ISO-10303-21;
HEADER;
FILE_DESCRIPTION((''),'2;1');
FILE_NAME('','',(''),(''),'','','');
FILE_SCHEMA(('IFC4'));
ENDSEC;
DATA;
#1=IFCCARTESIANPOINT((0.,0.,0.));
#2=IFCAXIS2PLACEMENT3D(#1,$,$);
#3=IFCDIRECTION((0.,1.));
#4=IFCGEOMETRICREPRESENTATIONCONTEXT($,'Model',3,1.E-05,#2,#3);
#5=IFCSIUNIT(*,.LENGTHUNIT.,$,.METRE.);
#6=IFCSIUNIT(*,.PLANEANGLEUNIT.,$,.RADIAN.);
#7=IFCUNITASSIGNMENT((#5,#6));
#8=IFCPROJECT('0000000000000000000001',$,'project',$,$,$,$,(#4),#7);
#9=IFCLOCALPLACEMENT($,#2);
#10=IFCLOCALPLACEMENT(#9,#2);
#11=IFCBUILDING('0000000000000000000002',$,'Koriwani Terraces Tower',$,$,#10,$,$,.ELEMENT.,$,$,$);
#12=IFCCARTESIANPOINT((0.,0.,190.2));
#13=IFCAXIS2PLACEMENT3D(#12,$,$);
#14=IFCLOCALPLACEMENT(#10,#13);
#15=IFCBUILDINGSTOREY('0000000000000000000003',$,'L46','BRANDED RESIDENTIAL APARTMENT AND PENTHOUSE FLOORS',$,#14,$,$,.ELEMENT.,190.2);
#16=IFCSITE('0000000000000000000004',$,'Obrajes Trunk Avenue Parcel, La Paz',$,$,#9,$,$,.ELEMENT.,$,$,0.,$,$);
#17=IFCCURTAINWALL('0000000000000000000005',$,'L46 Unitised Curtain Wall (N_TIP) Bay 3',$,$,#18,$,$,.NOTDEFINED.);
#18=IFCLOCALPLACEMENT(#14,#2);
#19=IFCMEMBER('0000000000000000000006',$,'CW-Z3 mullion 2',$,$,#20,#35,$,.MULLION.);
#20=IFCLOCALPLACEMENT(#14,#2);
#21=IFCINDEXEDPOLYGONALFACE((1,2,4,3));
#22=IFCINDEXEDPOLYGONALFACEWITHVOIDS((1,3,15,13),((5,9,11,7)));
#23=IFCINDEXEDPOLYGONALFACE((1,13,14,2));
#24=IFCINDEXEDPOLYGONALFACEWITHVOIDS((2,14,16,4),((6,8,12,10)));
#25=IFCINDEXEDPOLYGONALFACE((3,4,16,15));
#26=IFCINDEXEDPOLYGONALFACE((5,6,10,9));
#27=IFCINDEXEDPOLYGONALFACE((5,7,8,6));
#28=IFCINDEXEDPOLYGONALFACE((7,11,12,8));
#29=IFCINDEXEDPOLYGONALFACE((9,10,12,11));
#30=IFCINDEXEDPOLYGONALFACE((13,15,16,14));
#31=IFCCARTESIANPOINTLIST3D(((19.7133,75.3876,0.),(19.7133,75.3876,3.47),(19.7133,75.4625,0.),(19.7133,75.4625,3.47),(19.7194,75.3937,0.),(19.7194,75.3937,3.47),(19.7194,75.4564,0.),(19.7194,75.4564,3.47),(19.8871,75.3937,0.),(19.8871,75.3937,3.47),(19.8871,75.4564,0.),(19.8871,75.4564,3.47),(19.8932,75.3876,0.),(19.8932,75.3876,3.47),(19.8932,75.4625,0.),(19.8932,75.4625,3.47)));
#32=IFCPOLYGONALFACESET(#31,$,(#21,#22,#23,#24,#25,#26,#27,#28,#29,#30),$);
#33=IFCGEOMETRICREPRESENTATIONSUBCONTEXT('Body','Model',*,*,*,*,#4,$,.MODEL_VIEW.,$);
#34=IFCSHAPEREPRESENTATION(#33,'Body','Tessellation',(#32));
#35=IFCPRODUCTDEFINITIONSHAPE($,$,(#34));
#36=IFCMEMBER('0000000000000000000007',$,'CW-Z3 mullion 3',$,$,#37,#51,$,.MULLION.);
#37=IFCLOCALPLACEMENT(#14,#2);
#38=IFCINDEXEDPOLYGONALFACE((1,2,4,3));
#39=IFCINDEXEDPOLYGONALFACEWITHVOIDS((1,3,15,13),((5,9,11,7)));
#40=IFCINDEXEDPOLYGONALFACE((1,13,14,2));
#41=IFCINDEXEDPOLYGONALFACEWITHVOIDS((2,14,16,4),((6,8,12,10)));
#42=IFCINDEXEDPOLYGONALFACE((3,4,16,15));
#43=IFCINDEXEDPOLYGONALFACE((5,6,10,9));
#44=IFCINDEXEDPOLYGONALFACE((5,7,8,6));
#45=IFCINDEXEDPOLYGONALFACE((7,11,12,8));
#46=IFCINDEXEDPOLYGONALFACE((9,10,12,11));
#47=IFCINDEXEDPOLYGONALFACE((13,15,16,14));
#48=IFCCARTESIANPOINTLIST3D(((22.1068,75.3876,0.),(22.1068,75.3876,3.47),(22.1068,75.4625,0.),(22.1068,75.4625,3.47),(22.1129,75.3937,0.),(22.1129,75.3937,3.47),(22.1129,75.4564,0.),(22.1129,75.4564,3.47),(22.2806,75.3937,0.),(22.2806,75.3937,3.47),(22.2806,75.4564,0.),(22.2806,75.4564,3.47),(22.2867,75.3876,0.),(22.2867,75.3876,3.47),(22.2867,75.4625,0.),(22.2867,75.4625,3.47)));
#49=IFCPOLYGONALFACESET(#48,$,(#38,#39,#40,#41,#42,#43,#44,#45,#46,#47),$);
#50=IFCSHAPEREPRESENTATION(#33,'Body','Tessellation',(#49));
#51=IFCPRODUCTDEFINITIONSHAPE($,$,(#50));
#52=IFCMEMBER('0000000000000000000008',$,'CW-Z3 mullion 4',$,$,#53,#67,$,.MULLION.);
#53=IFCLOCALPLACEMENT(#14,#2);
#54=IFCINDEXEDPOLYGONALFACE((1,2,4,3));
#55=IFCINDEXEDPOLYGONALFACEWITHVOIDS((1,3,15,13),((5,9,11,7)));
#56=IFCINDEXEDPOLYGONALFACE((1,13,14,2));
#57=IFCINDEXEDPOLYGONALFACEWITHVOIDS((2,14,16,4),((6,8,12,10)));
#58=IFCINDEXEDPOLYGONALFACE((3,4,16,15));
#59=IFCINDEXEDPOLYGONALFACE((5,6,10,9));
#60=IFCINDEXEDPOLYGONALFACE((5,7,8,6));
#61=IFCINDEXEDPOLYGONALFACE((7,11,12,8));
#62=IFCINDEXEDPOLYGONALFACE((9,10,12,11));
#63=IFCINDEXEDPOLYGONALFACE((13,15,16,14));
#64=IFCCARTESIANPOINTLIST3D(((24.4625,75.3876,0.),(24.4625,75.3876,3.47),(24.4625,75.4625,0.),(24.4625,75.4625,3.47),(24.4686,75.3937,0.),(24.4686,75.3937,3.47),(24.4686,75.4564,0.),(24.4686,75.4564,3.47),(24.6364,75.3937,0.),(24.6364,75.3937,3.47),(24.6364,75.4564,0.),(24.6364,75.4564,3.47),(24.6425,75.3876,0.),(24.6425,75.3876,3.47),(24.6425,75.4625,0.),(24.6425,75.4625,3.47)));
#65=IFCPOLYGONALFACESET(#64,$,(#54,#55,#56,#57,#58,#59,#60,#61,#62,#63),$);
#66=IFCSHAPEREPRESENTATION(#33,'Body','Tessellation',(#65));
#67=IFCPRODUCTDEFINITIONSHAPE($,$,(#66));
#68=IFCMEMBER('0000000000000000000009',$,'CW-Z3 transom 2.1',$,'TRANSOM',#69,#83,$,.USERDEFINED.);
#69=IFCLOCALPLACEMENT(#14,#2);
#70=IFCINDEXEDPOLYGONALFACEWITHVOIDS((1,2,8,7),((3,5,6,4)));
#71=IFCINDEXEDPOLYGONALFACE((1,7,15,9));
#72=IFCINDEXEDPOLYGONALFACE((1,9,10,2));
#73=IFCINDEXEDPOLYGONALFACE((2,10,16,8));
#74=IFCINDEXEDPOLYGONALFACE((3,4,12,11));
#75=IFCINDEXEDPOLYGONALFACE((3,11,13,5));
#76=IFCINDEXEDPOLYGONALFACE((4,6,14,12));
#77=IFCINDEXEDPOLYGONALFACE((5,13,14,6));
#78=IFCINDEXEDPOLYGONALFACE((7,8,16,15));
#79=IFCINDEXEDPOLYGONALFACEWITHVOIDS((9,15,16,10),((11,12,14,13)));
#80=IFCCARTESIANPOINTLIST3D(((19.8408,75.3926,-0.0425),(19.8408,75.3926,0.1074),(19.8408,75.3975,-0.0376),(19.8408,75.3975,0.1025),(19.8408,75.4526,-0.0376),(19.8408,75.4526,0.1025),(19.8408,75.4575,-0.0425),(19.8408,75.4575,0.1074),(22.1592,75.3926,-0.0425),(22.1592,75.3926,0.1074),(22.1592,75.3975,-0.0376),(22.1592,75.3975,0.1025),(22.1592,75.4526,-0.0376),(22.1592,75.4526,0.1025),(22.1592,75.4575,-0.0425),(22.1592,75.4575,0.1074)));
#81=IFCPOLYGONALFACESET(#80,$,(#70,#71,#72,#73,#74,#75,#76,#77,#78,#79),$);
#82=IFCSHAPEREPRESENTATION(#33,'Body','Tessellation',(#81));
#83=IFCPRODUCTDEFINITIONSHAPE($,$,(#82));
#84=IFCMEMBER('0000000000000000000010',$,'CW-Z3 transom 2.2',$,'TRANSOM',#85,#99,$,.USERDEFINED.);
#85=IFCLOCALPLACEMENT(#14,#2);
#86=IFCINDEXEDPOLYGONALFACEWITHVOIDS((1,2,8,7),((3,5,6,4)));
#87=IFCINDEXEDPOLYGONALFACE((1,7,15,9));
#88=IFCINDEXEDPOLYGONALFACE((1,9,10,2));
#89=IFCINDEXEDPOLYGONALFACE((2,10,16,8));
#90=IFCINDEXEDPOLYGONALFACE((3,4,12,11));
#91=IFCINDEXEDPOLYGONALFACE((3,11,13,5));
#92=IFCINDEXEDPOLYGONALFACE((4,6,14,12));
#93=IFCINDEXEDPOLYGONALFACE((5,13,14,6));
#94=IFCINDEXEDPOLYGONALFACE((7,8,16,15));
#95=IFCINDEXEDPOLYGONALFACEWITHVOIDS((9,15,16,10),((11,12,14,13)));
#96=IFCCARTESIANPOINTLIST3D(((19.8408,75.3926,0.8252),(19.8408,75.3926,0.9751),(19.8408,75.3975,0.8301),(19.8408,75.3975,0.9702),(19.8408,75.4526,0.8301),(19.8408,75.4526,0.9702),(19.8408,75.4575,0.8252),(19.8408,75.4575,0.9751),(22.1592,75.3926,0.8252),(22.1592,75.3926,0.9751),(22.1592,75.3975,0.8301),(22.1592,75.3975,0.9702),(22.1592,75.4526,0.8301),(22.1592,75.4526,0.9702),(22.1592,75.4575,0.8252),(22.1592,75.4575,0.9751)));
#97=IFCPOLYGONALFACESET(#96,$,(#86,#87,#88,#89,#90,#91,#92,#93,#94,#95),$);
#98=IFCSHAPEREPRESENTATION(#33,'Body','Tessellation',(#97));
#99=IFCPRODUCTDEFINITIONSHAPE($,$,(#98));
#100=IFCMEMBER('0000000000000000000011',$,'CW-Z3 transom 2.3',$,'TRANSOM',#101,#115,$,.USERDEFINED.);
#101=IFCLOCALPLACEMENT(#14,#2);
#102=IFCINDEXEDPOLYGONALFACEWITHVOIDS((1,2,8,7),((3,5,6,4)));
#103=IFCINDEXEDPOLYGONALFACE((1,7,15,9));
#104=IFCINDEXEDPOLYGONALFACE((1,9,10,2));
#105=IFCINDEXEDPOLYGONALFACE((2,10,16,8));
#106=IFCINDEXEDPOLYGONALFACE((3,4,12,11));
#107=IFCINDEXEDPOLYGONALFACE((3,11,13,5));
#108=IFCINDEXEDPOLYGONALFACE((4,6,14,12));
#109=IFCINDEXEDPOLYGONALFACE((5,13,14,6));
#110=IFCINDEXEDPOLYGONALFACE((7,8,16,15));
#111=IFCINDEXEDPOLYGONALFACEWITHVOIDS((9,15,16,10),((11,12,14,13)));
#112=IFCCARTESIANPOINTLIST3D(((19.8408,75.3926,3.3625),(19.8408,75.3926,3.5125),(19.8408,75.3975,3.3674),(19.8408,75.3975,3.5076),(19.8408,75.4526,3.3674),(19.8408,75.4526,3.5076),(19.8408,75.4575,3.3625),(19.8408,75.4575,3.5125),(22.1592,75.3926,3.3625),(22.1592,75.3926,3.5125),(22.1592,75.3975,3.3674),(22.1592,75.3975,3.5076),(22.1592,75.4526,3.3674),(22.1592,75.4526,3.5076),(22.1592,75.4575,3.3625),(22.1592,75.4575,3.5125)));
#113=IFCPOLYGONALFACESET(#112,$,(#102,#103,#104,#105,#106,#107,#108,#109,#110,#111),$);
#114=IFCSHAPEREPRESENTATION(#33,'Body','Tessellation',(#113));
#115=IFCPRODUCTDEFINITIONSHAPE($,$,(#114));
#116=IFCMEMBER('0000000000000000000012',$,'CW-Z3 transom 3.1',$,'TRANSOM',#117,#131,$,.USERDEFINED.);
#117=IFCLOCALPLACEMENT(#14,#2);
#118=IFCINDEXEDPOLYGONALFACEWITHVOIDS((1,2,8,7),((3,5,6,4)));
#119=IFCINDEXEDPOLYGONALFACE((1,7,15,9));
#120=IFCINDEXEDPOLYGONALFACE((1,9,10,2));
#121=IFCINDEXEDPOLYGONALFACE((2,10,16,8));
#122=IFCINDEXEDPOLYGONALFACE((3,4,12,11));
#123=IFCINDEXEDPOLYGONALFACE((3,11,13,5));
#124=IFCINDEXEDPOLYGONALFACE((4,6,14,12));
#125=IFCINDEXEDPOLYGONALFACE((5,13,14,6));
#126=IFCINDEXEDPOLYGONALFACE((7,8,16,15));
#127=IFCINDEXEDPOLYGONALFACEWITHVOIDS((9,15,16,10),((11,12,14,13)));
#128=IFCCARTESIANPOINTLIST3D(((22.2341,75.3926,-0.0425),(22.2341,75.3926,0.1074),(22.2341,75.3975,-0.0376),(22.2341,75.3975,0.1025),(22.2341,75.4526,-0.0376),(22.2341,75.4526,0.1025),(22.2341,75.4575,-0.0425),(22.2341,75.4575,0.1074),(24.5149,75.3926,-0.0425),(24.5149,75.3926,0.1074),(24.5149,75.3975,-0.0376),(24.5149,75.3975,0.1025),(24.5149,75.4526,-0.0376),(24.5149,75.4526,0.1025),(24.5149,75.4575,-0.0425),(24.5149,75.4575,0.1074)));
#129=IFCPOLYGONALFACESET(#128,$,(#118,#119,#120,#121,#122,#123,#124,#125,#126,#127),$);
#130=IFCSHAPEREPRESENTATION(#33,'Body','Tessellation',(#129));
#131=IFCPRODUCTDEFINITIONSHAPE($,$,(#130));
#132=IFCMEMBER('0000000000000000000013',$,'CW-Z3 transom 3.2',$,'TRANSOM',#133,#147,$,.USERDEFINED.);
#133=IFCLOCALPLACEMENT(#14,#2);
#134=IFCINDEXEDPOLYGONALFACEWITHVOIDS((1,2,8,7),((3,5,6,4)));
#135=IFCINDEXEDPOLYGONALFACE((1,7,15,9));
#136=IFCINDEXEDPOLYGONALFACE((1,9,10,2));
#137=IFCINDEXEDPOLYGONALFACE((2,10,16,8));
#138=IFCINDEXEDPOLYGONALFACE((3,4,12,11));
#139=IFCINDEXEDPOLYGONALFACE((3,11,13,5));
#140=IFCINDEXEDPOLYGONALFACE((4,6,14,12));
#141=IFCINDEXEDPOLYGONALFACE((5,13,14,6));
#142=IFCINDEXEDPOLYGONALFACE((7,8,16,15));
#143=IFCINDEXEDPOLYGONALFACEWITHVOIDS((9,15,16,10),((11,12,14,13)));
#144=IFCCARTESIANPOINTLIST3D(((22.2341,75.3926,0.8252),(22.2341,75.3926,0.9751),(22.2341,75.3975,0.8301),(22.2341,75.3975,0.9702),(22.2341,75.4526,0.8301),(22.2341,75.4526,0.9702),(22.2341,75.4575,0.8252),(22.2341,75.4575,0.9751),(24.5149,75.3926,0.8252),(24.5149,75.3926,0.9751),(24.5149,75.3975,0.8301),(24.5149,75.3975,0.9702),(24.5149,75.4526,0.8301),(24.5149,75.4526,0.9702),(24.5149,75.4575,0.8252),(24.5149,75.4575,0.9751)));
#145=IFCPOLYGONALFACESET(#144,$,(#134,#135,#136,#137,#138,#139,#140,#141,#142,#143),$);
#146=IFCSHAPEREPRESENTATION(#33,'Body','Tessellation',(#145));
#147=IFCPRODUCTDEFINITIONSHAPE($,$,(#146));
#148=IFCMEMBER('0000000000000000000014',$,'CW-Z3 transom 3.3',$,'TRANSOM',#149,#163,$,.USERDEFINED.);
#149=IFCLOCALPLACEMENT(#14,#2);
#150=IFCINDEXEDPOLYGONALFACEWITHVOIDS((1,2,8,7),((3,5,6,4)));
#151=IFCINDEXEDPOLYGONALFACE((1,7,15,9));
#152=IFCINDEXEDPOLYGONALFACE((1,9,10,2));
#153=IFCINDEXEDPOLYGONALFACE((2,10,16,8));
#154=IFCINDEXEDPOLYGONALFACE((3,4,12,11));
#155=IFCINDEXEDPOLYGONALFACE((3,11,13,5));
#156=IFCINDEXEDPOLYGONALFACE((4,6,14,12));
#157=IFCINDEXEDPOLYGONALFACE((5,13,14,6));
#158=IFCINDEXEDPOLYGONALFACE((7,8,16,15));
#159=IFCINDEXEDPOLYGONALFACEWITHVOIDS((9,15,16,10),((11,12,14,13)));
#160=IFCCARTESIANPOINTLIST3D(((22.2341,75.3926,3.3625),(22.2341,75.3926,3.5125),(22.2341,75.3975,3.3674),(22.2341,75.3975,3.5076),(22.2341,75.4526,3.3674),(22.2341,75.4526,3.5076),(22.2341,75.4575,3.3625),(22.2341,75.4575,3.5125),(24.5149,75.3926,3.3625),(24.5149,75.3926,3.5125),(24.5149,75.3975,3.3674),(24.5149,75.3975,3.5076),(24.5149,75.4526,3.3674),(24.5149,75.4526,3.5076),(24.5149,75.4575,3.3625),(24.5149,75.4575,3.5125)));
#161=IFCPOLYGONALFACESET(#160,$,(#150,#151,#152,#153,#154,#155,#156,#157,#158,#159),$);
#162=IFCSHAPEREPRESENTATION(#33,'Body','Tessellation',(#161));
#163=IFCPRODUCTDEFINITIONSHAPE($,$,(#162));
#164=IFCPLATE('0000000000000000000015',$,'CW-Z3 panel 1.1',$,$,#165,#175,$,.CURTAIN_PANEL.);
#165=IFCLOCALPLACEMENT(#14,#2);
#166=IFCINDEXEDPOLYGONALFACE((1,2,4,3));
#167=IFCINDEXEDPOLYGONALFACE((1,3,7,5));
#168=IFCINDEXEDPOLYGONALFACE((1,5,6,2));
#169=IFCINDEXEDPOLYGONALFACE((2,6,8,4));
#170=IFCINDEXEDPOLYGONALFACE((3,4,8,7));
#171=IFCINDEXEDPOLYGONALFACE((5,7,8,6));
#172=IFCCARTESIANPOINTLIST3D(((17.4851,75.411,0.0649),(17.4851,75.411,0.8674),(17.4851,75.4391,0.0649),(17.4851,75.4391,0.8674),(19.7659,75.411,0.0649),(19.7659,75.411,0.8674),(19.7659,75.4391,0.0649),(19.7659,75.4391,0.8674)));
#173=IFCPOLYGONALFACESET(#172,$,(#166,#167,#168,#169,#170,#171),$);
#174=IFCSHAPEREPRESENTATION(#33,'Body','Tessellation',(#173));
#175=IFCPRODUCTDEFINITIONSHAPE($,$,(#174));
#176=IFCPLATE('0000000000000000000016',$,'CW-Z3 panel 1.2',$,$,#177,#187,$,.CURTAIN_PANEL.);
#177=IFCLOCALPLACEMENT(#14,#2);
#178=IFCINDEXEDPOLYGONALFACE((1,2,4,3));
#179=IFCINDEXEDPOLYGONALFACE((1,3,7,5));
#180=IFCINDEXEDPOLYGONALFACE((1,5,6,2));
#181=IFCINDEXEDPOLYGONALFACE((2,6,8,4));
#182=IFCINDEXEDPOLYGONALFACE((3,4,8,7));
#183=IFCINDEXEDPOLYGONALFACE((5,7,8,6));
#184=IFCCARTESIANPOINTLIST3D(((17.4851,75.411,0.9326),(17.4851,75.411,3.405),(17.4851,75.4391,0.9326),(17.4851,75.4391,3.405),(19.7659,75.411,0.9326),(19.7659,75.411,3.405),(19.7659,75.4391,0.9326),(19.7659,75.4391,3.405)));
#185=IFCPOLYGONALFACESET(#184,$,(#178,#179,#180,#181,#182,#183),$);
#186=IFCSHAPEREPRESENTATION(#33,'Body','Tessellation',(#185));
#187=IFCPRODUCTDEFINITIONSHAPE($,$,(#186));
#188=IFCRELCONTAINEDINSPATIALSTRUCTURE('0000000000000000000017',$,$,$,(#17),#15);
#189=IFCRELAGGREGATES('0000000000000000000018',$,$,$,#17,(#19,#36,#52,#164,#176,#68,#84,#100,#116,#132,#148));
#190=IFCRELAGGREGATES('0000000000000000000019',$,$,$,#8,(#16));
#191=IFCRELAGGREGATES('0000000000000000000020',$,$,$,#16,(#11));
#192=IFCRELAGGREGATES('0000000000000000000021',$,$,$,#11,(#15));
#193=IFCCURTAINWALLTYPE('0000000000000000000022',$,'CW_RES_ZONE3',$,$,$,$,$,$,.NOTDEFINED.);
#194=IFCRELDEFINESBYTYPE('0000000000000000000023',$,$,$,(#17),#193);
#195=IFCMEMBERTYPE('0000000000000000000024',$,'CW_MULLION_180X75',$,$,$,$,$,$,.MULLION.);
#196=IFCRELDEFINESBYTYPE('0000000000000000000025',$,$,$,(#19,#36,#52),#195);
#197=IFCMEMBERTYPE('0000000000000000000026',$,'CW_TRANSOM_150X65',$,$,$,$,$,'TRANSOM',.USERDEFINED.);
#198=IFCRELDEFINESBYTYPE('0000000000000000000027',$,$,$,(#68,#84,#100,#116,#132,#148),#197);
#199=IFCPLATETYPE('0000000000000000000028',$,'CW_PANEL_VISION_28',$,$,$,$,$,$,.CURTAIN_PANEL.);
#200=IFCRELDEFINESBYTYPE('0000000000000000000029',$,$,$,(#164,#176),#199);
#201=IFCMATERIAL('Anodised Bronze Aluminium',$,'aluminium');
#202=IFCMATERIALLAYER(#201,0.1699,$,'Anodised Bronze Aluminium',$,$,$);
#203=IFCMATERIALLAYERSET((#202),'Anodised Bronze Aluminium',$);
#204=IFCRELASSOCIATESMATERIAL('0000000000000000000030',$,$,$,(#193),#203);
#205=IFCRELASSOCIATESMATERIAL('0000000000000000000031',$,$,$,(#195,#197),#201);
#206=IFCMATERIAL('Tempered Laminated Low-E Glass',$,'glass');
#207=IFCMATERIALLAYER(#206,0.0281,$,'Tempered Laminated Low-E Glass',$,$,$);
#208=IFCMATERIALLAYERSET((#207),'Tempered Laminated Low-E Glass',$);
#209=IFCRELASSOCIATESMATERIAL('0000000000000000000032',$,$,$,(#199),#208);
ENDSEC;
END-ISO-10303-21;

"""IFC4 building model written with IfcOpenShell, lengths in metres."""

from ifc_helpers import new_model, si_unit, direction, frame, origin, origin_2d, place, context, subcontext, project, spatial, rectangle, hollow_rectangle, extrude, material, layer, layer_set, material_profile, profile_set, type_object, element, aggregate, save


model = new_model("IFC4")

# Units and contexts
model_context = context("Model", 3, precision=1e-05, world=origin(), true_north=direction((0.0, 1.0)))
body_context = subcontext(model_context, "Body", "Model", "MODEL_VIEW")
ifc_project = project(units=[si_unit("LENGTHUNIT", "METRE"), si_unit("PLANEANGLEUNIT", "RADIAN")], contexts=[model_context])

# Site, building, storey
site_placement = place(None, origin())
site = spatial("IfcSite", under=ifc_project, at=site_placement, Name="Obrajes Trunk Avenue Parcel, La Paz", CompositionType="ELEMENT", RefElevation=0.0)
building_placement = place(site_placement, origin())
building = spatial("IfcBuilding", under=site, at=building_placement, Name="Koriwani Terraces Tower", CompositionType="ELEMENT")
storey_placement = place(building_placement, frame((0.0, 0.0, 190.2)))
storey = spatial("IfcBuildingStorey", under=building, at=storey_placement, Name="L46", Description="BRANDED RESIDENTIAL APARTMENT AND PENTHOUSE FLOORS", CompositionType="ELEMENT", Elevation=190.2)

# Curtain wall, members, plates
ifc_material_1 = material(Name="Anodised Bronze Aluminium", Category="aluminium")
ifc_layer_1 = layer(ifc_material_1, 0.1699, Name="Anodised Bronze Aluminium")
ifc_layer_set_1 = layer_set([ifc_layer_1], Name="Anodised Bronze Aluminium")
curtain_wall_type = type_object("IfcCurtainWallType", Name="CW_RES_ZONE3", PredefinedType="NOTDEFINED", material=ifc_layer_set_1)
curtain_wall_placement = place(storey_placement, origin())
curtain_wall = element("IfcCurtainWall", 1, at=curtain_wall_placement, inside=storey, type_object=curtain_wall_type, Name="L46 Unitised Curtain Wall (N_TIP) Bay 3", PredefinedType="NOTDEFINED")
ifc_material_profile_1 = material_profile(ifc_material_1, hollow_rectangle(XDim=0.075, YDim=0.1799, WallThickness=0.0061, at=origin_2d()), Name="Anodised Bronze Aluminium", Category="LoadBearing")
ifc_profile_set_1 = profile_set([ifc_material_profile_1], Name="Anodised Bronze Aluminium")
member_type_1 = type_object("IfcMemberType", Name="CW_MULLION_180X75", PredefinedType="MULLION", material=ifc_profile_set_1)
member_1_placement = place(storey_placement, frame((19.8032, 75.425, 0.0), z_axis=(0.0, 0.0, 1.0), x_axis=(0.0, 1.0, 0.0)))
member_1 = element("IfcMember", 2, at=member_1_placement, type_object=member_type_1, Name="CW-Z3 mullion 2", PredefinedType="MULLION", context=body_context, shape_type="SweptSolid", body=[
    extrude(hollow_rectangle(XDim=0.075, YDim=0.1799, WallThickness=0.0061, at=origin_2d()), origin(), (0.0, 0.0, 1.0), 3.47),
])
member_2_placement = place(storey_placement, frame((22.1968, 75.425, 0.0), z_axis=(0.0, 0.0, 1.0), x_axis=(0.0, 1.0, 0.0)))
member_2 = element("IfcMember", 3, at=member_2_placement, type_object=member_type_1, Name="CW-Z3 mullion 3", PredefinedType="MULLION", context=body_context, shape_type="SweptSolid", body=[
    extrude(hollow_rectangle(XDim=0.075, YDim=0.1799, WallThickness=0.0061, at=origin_2d()), origin(), (0.0, 0.0, 1.0), 3.47),
])
member_3_placement = place(storey_placement, frame((24.5525, 75.425, 0.0), z_axis=(0.0, 0.0, 1.0), x_axis=(0.0, 1.0, 0.0)))
member_3 = element("IfcMember", 4, at=member_3_placement, type_object=member_type_1, Name="CW-Z3 mullion 4", PredefinedType="MULLION", context=body_context, shape_type="SweptSolid", body=[
    extrude(hollow_rectangle(XDim=0.075, YDim=0.1799, WallThickness=0.0061, at=origin_2d()), origin(), (0.0, 0.0, 1.0), 3.47),
])
ifc_material_profile_2 = material_profile(ifc_material_1, hollow_rectangle(XDim=0.0649, YDim=0.1499, WallThickness=0.0049, at=origin_2d()), Name="Anodised Bronze Aluminium", Category="LoadBearing")
ifc_profile_set_2 = profile_set([ifc_material_profile_2], Name="Anodised Bronze Aluminium")
member_type_2 = type_object("IfcMemberType", Name="CW_TRANSOM_150X65", ElementType="TRANSOM", PredefinedType="USERDEFINED", material=ifc_profile_set_2)
member_4_placement = place(storey_placement, frame((19.8408, 75.425, 0.0325), z_axis=(1.0, 0.0, 0.0), x_axis=(0.0, 1.0, 0.0)))
member_4 = element("IfcMember", 5, at=member_4_placement, type_object=member_type_2, Name="CW-Z3 transom 2.1", ObjectType="TRANSOM", PredefinedType="USERDEFINED", context=body_context, shape_type="SweptSolid", body=[
    extrude(hollow_rectangle(XDim=0.0649, YDim=0.1499, WallThickness=0.0049, at=origin_2d()), origin(), (0.0, 0.0, 1.0), 2.3184),
])
member_5_placement = place(storey_placement, frame((19.8408, 75.425, 0.9001), z_axis=(1.0, 0.0, 0.0), x_axis=(0.0, 1.0, 0.0)))
member_5 = element("IfcMember", 6, at=member_5_placement, type_object=member_type_2, Name="CW-Z3 transom 2.2", ObjectType="TRANSOM", PredefinedType="USERDEFINED", context=body_context, shape_type="SweptSolid", body=[
    extrude(hollow_rectangle(XDim=0.0649, YDim=0.1499, WallThickness=0.0049, at=origin_2d()), origin(), (0.0, 0.0, 1.0), 2.3184),
])
member_6_placement = place(storey_placement, frame((19.8408, 75.425, 3.4375), z_axis=(1.0, 0.0, 0.0), x_axis=(0.0, 1.0, 0.0)))
member_6 = element("IfcMember", 7, at=member_6_placement, type_object=member_type_2, Name="CW-Z3 transom 2.3", ObjectType="TRANSOM", PredefinedType="USERDEFINED", context=body_context, shape_type="SweptSolid", body=[
    extrude(hollow_rectangle(XDim=0.0649, YDim=0.1499, WallThickness=0.0049, at=origin_2d()), origin(), (0.0, 0.0, 1.0), 2.3184),
])
member_7_placement = place(storey_placement, frame((22.2341, 75.425, 0.0325), z_axis=(1.0, 0.0, 0.0), x_axis=(0.0, 1.0, 0.0)))
member_7 = element("IfcMember", 8, at=member_7_placement, type_object=member_type_2, Name="CW-Z3 transom 3.1", ObjectType="TRANSOM", PredefinedType="USERDEFINED", context=body_context, shape_type="SweptSolid", body=[
    extrude(hollow_rectangle(XDim=0.0649, YDim=0.1499, WallThickness=0.0049, at=origin_2d()), origin(), (0.0, 0.0, 1.0), 2.2808),
])
member_8_placement = place(storey_placement, frame((22.2341, 75.425, 0.9001), z_axis=(1.0, 0.0, 0.0), x_axis=(0.0, 1.0, 0.0)))
member_8 = element("IfcMember", 9, at=member_8_placement, type_object=member_type_2, Name="CW-Z3 transom 3.2", ObjectType="TRANSOM", PredefinedType="USERDEFINED", context=body_context, shape_type="SweptSolid", body=[
    extrude(hollow_rectangle(XDim=0.0649, YDim=0.1499, WallThickness=0.0049, at=origin_2d()), origin(), (0.0, 0.0, 1.0), 2.2808),
])
member_9_placement = place(storey_placement, frame((22.2341, 75.425, 3.4375), z_axis=(1.0, 0.0, 0.0), x_axis=(0.0, 1.0, 0.0)))
member_9 = element("IfcMember", 10, at=member_9_placement, type_object=member_type_2, Name="CW-Z3 transom 3.3", ObjectType="TRANSOM", PredefinedType="USERDEFINED", context=body_context, shape_type="SweptSolid", body=[
    extrude(hollow_rectangle(XDim=0.0649, YDim=0.1499, WallThickness=0.0049, at=origin_2d()), origin(), (0.0, 0.0, 1.0), 2.2808),
])
ifc_material_2 = material(Name="Tempered Laminated Low-E Glass", Category="glass")
ifc_layer_2 = layer(ifc_material_2, 0.0281, Name="Tempered Laminated Low-E Glass")
ifc_layer_set_2 = layer_set([ifc_layer_2], Name="Tempered Laminated Low-E Glass")
plate_type = type_object("IfcPlateType", Name="CW_PANEL_VISION_28", PredefinedType="CURTAIN_PANEL", material=ifc_layer_set_2)
plate_1_placement = place(storey_placement, frame((18.6255, 75.425, 0.0649), z_axis=(0.0, 0.0, 1.0), x_axis=(1.0, 0.0, 0.0)))
plate_1 = element("IfcPlate", 11, at=plate_1_placement, type_object=plate_type, Name="CW-Z3 panel 1.1", PredefinedType="CURTAIN_PANEL", context=body_context, shape_type="SweptSolid", body=[
    extrude(rectangle(XDim=2.2808, YDim=0.0281, at=origin_2d()), origin(), (0.0, 0.0, 1.0), 0.8025),
])
plate_2_placement = place(storey_placement, frame((18.6255, 75.425, 0.9326), z_axis=(0.0, 0.0, 1.0), x_axis=(1.0, 0.0, 0.0)))
plate_2 = element("IfcPlate", 12, at=plate_2_placement, type_object=plate_type, Name="CW-Z3 panel 1.2", PredefinedType="CURTAIN_PANEL", context=body_context, shape_type="SweptSolid", body=[
    extrude(rectangle(XDim=2.2808, YDim=0.0281, at=origin_2d()), origin(), (0.0, 0.0, 1.0), 2.4724),
])
aggregate(curtain_wall, [member_1, member_2, member_3, plate_1, plate_2, member_4, member_5, member_6, member_7, member_8, member_9])

save(model, "model.ifc")
